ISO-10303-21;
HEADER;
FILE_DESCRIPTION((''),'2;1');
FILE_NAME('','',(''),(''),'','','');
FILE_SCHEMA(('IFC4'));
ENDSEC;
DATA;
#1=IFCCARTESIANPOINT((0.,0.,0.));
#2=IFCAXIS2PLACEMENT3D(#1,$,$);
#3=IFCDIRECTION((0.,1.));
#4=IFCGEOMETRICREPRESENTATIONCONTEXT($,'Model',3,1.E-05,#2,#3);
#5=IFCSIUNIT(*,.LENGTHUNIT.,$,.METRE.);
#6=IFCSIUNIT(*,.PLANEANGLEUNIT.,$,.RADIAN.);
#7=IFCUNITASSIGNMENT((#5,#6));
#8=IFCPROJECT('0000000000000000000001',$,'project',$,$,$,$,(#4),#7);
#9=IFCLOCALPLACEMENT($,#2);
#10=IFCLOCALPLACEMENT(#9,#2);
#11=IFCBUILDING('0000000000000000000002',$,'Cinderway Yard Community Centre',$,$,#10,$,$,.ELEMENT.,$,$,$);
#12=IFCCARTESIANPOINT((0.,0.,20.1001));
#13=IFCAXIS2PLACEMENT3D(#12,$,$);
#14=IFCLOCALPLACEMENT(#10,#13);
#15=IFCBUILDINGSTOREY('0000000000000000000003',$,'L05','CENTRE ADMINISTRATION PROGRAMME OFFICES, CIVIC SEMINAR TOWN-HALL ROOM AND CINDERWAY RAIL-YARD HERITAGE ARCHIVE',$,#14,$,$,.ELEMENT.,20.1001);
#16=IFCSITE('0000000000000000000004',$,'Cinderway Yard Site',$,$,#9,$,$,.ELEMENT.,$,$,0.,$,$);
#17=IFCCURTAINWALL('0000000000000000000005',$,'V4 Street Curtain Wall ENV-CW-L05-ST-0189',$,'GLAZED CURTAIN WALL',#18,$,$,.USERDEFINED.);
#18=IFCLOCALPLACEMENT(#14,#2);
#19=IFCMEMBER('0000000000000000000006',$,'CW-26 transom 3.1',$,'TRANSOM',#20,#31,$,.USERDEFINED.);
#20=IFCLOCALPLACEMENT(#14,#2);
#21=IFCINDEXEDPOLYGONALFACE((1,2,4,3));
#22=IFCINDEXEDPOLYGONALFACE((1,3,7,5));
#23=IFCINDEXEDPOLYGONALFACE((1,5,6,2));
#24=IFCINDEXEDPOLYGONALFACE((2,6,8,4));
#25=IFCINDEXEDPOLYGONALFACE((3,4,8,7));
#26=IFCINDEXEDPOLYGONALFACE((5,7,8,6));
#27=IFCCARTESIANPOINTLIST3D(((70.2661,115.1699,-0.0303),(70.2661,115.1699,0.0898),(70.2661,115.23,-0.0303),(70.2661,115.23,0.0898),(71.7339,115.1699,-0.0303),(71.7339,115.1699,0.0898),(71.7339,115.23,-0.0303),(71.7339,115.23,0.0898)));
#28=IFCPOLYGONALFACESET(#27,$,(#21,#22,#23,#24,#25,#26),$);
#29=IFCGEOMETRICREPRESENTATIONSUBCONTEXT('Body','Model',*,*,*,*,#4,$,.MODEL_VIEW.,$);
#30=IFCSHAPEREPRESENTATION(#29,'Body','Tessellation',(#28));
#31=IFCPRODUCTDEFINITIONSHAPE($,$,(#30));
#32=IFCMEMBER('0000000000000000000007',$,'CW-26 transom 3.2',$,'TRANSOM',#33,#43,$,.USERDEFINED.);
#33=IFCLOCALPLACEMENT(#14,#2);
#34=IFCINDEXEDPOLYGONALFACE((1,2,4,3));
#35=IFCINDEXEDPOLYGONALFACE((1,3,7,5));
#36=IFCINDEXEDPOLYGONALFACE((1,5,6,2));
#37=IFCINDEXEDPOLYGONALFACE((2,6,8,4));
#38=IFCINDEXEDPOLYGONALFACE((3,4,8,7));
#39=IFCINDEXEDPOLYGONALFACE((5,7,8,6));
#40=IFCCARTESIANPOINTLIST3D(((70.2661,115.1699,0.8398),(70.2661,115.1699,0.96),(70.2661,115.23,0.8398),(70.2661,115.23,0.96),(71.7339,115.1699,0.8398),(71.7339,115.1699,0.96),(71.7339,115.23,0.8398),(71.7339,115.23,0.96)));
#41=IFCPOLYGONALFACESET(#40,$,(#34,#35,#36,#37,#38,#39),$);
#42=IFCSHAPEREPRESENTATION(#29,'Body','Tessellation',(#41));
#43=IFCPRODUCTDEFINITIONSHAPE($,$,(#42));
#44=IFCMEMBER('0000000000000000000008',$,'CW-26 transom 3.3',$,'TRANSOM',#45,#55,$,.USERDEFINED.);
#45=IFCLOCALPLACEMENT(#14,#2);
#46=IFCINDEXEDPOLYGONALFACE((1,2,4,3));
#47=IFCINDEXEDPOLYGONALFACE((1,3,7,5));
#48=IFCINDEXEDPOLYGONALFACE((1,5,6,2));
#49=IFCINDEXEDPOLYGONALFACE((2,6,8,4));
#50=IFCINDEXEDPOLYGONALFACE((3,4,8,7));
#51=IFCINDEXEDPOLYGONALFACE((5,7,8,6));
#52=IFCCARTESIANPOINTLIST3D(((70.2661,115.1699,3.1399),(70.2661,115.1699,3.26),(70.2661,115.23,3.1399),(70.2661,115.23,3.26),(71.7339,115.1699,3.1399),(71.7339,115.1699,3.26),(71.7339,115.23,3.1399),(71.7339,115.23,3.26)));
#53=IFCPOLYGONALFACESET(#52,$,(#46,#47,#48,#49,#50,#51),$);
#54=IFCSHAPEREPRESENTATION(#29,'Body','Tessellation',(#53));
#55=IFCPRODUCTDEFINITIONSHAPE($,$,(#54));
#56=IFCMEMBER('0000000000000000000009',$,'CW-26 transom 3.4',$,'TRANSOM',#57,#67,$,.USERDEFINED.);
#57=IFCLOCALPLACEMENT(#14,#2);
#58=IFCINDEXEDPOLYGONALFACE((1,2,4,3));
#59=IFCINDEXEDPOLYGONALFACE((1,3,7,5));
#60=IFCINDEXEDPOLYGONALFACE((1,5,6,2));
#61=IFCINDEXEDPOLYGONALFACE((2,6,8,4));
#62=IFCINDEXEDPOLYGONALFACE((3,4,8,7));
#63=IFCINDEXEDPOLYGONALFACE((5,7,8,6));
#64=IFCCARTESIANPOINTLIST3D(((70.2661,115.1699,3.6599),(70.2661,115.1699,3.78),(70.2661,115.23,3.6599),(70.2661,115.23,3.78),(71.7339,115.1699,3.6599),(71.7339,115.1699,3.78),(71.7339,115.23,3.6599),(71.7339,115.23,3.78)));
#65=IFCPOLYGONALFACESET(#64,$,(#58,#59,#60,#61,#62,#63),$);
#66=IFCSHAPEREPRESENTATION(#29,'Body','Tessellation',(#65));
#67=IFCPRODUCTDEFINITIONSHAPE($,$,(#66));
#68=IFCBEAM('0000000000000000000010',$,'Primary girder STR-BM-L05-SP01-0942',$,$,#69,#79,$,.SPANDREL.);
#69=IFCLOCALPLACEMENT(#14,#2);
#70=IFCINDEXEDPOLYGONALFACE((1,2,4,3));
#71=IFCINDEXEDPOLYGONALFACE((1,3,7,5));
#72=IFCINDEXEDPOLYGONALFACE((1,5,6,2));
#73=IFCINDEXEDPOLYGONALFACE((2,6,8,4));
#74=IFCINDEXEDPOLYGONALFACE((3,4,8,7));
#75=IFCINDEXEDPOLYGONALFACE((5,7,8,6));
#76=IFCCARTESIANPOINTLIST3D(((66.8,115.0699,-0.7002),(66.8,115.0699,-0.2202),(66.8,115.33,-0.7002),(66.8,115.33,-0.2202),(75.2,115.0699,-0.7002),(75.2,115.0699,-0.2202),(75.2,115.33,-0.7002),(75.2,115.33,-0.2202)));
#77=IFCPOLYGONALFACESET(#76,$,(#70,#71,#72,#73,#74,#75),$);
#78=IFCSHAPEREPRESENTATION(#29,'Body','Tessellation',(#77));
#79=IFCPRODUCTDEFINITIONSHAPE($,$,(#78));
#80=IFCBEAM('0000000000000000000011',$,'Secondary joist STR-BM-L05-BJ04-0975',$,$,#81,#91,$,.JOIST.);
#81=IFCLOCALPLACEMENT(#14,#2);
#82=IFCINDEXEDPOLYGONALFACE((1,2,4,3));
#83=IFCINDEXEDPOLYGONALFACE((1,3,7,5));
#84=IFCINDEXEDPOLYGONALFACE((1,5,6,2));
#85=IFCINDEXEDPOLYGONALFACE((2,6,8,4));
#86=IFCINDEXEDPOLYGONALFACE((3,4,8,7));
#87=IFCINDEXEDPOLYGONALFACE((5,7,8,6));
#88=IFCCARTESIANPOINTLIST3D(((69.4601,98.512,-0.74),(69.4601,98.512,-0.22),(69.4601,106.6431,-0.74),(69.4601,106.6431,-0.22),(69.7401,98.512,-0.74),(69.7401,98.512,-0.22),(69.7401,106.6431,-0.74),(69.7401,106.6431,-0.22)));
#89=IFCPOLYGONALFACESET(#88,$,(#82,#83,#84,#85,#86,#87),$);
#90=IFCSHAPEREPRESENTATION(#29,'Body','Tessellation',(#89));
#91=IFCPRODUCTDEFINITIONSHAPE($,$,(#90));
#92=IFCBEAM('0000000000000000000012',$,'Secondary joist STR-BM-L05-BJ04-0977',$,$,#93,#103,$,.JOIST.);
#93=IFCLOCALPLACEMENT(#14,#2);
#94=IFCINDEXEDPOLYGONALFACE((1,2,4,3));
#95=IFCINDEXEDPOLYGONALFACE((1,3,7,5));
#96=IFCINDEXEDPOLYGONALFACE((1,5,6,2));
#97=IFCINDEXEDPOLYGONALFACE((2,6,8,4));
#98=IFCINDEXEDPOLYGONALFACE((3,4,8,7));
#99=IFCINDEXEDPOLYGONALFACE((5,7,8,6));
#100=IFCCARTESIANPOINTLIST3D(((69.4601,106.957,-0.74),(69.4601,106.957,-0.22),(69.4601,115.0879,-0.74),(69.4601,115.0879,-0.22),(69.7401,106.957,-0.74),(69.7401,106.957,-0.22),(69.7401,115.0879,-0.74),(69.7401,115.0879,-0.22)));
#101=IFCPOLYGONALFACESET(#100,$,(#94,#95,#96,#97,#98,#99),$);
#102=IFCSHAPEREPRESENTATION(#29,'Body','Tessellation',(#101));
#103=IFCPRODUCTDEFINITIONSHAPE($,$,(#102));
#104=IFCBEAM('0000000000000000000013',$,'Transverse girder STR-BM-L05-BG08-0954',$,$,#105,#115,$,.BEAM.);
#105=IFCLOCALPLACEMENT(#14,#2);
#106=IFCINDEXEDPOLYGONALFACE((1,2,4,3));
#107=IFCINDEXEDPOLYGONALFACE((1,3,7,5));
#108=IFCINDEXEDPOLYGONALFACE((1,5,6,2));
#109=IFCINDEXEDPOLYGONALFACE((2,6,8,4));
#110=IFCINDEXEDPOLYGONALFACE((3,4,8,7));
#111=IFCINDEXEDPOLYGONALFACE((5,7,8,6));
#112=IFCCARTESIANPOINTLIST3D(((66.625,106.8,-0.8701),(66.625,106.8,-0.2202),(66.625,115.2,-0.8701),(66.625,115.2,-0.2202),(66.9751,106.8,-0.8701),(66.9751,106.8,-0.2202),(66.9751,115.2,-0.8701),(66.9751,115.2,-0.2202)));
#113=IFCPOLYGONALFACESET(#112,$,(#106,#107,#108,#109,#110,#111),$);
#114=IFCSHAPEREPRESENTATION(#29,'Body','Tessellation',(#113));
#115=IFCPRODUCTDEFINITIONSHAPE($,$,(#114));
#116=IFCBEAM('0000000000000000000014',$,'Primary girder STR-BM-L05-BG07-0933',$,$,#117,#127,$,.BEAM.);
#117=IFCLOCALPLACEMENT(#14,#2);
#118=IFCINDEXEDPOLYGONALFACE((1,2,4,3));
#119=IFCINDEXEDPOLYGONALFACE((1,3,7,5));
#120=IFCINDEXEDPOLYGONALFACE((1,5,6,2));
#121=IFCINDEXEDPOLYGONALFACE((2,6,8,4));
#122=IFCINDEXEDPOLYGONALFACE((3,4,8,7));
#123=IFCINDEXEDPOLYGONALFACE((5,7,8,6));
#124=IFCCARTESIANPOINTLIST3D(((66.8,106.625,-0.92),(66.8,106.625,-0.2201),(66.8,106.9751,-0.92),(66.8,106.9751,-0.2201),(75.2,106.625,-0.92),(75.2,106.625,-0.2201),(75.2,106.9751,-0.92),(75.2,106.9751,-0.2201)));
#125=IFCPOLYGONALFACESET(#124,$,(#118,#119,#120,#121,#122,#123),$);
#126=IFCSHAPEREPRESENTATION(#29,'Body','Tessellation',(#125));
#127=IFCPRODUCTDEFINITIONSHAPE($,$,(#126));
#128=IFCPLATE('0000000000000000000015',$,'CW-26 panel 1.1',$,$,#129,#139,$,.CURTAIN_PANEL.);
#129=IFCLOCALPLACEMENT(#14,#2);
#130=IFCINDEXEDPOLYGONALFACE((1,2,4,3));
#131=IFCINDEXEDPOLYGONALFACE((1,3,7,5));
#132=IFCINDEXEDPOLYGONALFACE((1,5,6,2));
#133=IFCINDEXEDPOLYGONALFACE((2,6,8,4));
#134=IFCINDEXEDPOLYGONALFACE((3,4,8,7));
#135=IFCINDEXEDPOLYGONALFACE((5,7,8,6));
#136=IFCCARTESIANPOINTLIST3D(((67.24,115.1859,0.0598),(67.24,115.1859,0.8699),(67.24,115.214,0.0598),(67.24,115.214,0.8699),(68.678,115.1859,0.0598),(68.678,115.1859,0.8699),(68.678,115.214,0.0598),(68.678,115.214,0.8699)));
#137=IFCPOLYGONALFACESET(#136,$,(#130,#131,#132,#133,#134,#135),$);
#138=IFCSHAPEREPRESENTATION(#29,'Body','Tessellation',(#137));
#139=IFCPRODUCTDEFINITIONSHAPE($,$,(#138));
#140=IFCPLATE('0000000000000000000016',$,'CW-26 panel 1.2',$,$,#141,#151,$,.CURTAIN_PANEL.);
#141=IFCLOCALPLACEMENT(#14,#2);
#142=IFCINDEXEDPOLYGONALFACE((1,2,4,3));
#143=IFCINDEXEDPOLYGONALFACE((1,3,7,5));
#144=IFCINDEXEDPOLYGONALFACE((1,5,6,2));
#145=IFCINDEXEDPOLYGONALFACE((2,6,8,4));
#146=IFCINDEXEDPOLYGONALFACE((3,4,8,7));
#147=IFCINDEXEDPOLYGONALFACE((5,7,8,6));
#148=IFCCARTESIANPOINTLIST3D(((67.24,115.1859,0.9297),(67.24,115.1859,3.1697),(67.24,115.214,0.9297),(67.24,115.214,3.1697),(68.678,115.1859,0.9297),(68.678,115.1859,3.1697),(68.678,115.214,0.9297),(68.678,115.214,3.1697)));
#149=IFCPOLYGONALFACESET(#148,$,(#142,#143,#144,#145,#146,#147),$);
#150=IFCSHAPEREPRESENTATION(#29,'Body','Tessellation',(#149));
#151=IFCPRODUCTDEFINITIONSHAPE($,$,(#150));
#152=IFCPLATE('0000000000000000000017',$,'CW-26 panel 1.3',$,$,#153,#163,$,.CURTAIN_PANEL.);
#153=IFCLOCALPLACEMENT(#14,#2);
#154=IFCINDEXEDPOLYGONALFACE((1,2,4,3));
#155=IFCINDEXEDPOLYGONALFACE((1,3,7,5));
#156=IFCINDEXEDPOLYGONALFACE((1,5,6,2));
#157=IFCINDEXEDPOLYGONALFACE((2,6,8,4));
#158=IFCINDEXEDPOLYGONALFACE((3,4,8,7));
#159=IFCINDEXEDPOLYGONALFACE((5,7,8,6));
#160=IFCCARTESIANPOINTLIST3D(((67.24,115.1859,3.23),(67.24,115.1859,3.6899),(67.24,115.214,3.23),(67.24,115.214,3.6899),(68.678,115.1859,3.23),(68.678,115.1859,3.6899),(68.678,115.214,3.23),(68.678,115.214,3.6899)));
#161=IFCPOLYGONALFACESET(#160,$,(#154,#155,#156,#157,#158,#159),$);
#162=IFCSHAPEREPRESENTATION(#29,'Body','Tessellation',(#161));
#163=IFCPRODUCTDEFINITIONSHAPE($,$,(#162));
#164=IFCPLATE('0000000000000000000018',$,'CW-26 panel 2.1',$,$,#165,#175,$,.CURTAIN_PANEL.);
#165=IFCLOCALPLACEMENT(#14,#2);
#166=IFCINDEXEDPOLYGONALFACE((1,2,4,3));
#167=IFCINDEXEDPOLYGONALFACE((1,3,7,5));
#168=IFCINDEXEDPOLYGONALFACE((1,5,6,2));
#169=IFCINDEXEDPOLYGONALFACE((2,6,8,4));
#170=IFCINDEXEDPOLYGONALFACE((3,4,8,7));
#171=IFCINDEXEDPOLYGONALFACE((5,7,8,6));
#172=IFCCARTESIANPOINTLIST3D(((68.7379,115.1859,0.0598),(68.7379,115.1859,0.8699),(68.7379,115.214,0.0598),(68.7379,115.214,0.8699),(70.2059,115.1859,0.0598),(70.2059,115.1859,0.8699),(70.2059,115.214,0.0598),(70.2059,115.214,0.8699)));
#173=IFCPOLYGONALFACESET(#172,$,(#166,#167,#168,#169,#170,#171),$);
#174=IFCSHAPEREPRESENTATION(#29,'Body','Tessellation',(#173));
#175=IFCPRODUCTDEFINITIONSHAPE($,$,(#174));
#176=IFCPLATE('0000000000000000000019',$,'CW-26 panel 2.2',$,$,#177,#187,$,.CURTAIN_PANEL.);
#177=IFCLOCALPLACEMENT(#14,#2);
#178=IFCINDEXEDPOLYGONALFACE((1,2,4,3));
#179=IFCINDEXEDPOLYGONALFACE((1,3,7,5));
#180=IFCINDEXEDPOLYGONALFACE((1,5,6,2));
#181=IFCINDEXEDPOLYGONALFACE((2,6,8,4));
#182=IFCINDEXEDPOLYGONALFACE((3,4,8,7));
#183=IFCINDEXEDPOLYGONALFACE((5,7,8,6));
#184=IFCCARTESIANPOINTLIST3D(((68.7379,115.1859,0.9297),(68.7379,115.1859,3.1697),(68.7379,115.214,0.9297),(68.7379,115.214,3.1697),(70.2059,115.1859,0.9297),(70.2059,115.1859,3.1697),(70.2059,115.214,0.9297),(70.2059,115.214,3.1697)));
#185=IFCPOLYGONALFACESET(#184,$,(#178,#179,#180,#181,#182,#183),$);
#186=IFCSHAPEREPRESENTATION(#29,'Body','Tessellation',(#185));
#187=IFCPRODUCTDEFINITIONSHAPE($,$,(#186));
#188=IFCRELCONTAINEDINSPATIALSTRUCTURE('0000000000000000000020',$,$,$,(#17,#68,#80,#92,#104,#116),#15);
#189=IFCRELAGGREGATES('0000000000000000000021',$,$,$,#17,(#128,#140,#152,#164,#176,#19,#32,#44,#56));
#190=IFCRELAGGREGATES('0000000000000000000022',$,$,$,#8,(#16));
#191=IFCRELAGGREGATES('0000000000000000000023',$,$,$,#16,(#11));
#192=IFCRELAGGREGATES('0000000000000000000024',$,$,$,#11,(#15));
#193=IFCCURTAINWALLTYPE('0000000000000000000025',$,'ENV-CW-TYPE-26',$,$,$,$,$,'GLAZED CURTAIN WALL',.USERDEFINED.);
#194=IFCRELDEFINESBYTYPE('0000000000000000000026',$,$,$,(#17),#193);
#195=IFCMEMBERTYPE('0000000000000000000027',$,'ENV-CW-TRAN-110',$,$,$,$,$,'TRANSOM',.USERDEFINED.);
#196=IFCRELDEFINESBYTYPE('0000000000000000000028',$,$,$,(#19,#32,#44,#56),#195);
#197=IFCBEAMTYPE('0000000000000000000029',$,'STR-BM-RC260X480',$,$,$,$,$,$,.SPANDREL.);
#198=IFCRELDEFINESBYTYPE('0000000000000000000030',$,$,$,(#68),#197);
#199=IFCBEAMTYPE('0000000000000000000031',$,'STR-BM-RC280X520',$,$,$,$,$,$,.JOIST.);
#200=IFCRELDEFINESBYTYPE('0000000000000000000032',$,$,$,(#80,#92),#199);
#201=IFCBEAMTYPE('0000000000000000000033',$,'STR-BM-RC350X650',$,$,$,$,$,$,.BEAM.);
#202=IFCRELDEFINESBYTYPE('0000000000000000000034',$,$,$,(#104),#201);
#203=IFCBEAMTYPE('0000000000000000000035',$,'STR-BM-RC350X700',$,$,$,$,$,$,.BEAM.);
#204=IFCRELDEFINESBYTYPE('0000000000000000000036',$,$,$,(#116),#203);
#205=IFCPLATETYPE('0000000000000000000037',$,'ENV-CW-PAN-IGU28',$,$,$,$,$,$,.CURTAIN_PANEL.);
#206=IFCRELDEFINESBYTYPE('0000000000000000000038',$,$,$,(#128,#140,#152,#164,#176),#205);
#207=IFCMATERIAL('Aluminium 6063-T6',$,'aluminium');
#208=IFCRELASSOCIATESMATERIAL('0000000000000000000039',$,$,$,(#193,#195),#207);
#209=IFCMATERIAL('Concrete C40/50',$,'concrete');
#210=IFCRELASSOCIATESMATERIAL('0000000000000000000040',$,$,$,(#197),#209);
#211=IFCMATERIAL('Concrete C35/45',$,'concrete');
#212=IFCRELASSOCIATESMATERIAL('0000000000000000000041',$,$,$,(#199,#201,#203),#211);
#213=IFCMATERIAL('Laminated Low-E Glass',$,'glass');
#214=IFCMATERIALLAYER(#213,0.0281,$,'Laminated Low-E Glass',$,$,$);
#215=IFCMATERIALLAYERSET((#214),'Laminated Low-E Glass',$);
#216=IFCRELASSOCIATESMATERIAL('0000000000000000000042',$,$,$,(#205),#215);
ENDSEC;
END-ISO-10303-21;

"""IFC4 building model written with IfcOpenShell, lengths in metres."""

from ifc_helpers import new_model, si_unit, direction, frame, origin, origin_2d, place, context, subcontext, project, spatial, rectangle, extrude, material, layer, layer_set, material_profile, profile_set, type_object, element, aggregate, save


model = new_model("IFC4")

# Units and contexts
model_context = context("Model", 3, precision=1e-05, world=origin(), true_north=direction((0.0, 1.0)))
body_context = subcontext(model_context, "Body", "Model", "MODEL_VIEW")
ifc_project = project(units=[si_unit("LENGTHUNIT", "METRE"), si_unit("PLANEANGLEUNIT", "RADIAN")], contexts=[model_context])

# Site, building, storey
site_placement = place(None, origin())
site = spatial("IfcSite", under=ifc_project, at=site_placement, Name="Cinderway Yard Site", CompositionType="ELEMENT", RefElevation=0.0)
building_placement = place(site_placement, origin())
building = spatial("IfcBuilding", under=site, at=building_placement, Name="Cinderway Yard Community Centre", CompositionType="ELEMENT")
storey_placement = place(building_placement, frame((0.0, 0.0, 20.1001)))
storey = spatial("IfcBuildingStorey", under=building, at=storey_placement, Name="L05", Description="CENTRE ADMINISTRATION PROGRAMME OFFICES, CIVIC SEMINAR TOWN-HALL ROOM AND CINDERWAY RAIL-YARD HERITAGE ARCHIVE", CompositionType="ELEMENT", Elevation=20.1001)

# Shared definitions
ifc_material_1 = material(Name="Concrete C40/50", Category="concrete")

# Curtain wall, members
ifc_material_2 = material(Name="Aluminium 6063-T6", Category="aluminium")
curtain_wall_type = type_object("IfcCurtainWallType", Name="ENV-CW-TYPE-26", ElementType="GLAZED CURTAIN WALL", PredefinedType="USERDEFINED", material=ifc_material_2)
curtain_wall_placement = place(storey_placement, origin())
curtain_wall = element("IfcCurtainWall", 1, at=curtain_wall_placement, inside=storey, type_object=curtain_wall_type, Name="V4 Street Curtain Wall ENV-CW-L05-ST-0189", ObjectType="GLAZED CURTAIN WALL", PredefinedType="USERDEFINED")
ifc_material_profile_1 = material_profile(ifc_material_2, rectangle(XDim=0.0601, YDim=0.1201, at=origin_2d()), Name="Aluminium 6063-T6")
ifc_profile_set_1 = profile_set([ifc_material_profile_1], Name="Aluminium 6063-T6")
member_type_1 = type_object("IfcMemberType", Name="ENV-CW-TRAN-110", ElementType="TRANSOM", PredefinedType="USERDEFINED", material=ifc_profile_set_1)
member_1_placement = place(storey_placement, frame((70.2661, 115.2, 0.0298), z_axis=(1.0, 0.0, 0.0), x_axis=(0.0, 1.0, 0.0)))
member_1 = element("IfcMember", 2, at=member_1_placement, type_object=member_type_1, Name="CW-26 transom 3.1", ObjectType="TRANSOM", PredefinedType="USERDEFINED", context=body_context, shape_type="SweptSolid", body=[
    extrude(rectangle(XDim=0.0601, YDim=0.1201, at=origin_2d()), origin(), (0.0, 0.0, 1.0), 1.4678),
])
member_2_placement = place(storey_placement, frame((70.2661, 115.2, 0.8999), z_axis=(1.0, 0.0, 0.0), x_axis=(0.0, 1.0, 0.0)))
member_2 = element("IfcMember", 3, at=member_2_placement, type_object=member_type_1, Name="CW-26 transom 3.2", ObjectType="TRANSOM", PredefinedType="USERDEFINED", context=body_context, shape_type="SweptSolid", body=[
    extrude(rectangle(XDim=0.0601, YDim=0.1201, at=origin_2d()), origin(), (0.0, 0.0, 1.0), 1.4678),
])
member_3_placement = place(storey_placement, frame((70.2661, 115.2, 3.2), z_axis=(1.0, 0.0, 0.0), x_axis=(0.0, 1.0, 0.0)))
member_3 = element("IfcMember", 4, at=member_3_placement, type_object=member_type_1, Name="CW-26 transom 3.3", ObjectType="TRANSOM", PredefinedType="USERDEFINED", context=body_context, shape_type="SweptSolid", body=[
    extrude(rectangle(XDim=0.0601, YDim=0.1201, at=origin_2d()), origin(), (0.0, 0.0, 1.0), 1.4678),
])
member_4_placement = place(storey_placement, frame((70.2661, 115.2, 3.72), z_axis=(1.0, 0.0, 0.0), x_axis=(0.0, 1.0, 0.0)))
member_4 = element("IfcMember", 5, at=member_4_placement, type_object=member_type_1, Name="CW-26 transom 3.4", ObjectType="TRANSOM", PredefinedType="USERDEFINED", context=body_context, shape_type="SweptSolid", body=[
    extrude(rectangle(XDim=0.0601, YDim=0.1201, at=origin_2d()), origin(), (0.0, 0.0, 1.0), 1.4678),
])

# Beams
ifc_material_profile_2 = material_profile(ifc_material_1, rectangle(XDim=0.26, YDim=0.48, at=origin_2d()), Name="Concrete C40/50")
ifc_profile_set_2 = profile_set([ifc_material_profile_2], Name="Concrete C40/50")
beam_type_1 = type_object("IfcBeamType", Name="STR-BM-RC260X480", PredefinedType="SPANDREL", material=ifc_profile_set_2)
beam_1_placement = place(storey_placement, frame((66.8, 115.2, -0.4602), z_axis=(1.0, 0.0, 0.0), x_axis=(0.0, 1.0, 0.0)))
element("IfcBeam", 6, at=beam_1_placement, inside=storey, type_object=beam_type_1, Name="Primary girder STR-BM-L05-SP01-0942", PredefinedType="SPANDREL", context=body_context, shape_type="SweptSolid", body=[
    extrude(rectangle(XDim=0.26, YDim=0.48, at=origin_2d()), origin(), (0.0, 0.0, 1.0), 8.3999),
])
ifc_material_3 = material(Name="Concrete C35/45", Category="concrete")
ifc_material_profile_3 = material_profile(ifc_material_3, rectangle(XDim=0.28, YDim=0.52, at=origin_2d()), Name="Concrete C35/45")
ifc_profile_set_3 = profile_set([ifc_material_profile_3], Name="Concrete C35/45")
beam_type_2 = type_object("IfcBeamType", Name="STR-BM-RC280X520", PredefinedType="JOIST", material=ifc_profile_set_3)
beam_2_placement = place(storey_placement, frame((69.6001, 98.512, -0.48), z_axis=(0.0, 1.0, 0.0), x_axis=(-1.0, 0.0, 0.0)))
element("IfcBeam", 7, at=beam_2_placement, inside=storey, type_object=beam_type_2, Name="Secondary joist STR-BM-L05-BJ04-0975", PredefinedType="JOIST", context=body_context, shape_type="SweptSolid", body=[
    extrude(rectangle(XDim=0.28, YDim=0.52, at=origin_2d()), origin(), (0.0, 0.0, 1.0), 8.1311),
])
beam_3_placement = place(storey_placement, frame((69.6001, 106.957, -0.48), z_axis=(0.0, 1.0, 0.0), x_axis=(-1.0, 0.0, 0.0)))
element("IfcBeam", 8, at=beam_3_placement, inside=storey, type_object=beam_type_2, Name="Secondary joist STR-BM-L05-BJ04-0977", PredefinedType="JOIST", context=body_context, shape_type="SweptSolid", body=[
    extrude(rectangle(XDim=0.28, YDim=0.52, at=origin_2d()), origin(), (0.0, 0.0, 1.0), 8.1309),
])
ifc_material_profile_4 = material_profile(ifc_material_3, rectangle(XDim=0.3501, YDim=0.6499, at=origin_2d()), Name="Concrete C35/45")
ifc_profile_set_4 = profile_set([ifc_material_profile_4], Name="Concrete C35/45")
beam_type_3 = type_object("IfcBeamType", Name="STR-BM-RC350X650", PredefinedType="BEAM", material=ifc_profile_set_4)
beam_4_placement = place(storey_placement, frame((66.8, 106.8, -0.5452), z_axis=(0.0, 1.0, 0.0), x_axis=(-1.0, 0.0, 0.0)))
element("IfcBeam", 9, at=beam_4_placement, inside=storey, type_object=beam_type_3, Name="Transverse girder STR-BM-L05-BG08-0954", PredefinedType="BEAM", context=body_context, shape_type="SweptSolid", body=[
    extrude(rectangle(XDim=0.3501, YDim=0.6499, at=origin_2d()), origin(), (0.0, 0.0, 1.0), 8.3999),
])
ifc_material_profile_5 = material_profile(ifc_material_3, rectangle(XDim=0.3501, YDim=0.7, at=origin_2d()), Name="Concrete C35/45")
ifc_profile_set_5 = profile_set([ifc_material_profile_5], Name="Concrete C35/45")
beam_type_4 = type_object("IfcBeamType", Name="STR-BM-RC350X700", PredefinedType="BEAM", material=ifc_profile_set_5)
beam_5_placement = place(storey_placement, frame((66.8, 106.8, -0.5701), z_axis=(1.0, 0.0, 0.0), x_axis=(0.0, 1.0, 0.0)))
element("IfcBeam", 10, at=beam_5_placement, inside=storey, type_object=beam_type_4, Name="Primary girder STR-BM-L05-BG07-0933", PredefinedType="BEAM", context=body_context, shape_type="SweptSolid", body=[
    extrude(rectangle(XDim=0.3501, YDim=0.7, at=origin_2d()), origin(), (0.0, 0.0, 1.0), 8.3999),
])

# Plates
ifc_material_4 = material(Name="Laminated Low-E Glass", Category="glass")
ifc_layer_1 = layer(ifc_material_4, 0.0281, Name="Laminated Low-E Glass")
ifc_layer_set_1 = layer_set([ifc_layer_1], Name="Laminated Low-E Glass")
plate_type = type_object("IfcPlateType", Name="ENV-CW-PAN-IGU28", PredefinedType="CURTAIN_PANEL", material=ifc_layer_set_1)
plate_1_placement = place(storey_placement, frame((67.959, 115.2, 0.0598), z_axis=(0.0, 0.0, 1.0), x_axis=(1.0, 0.0, 0.0)))
plate_1 = element("IfcPlate", 11, at=plate_1_placement, type_object=plate_type, Name="CW-26 panel 1.1", PredefinedType="CURTAIN_PANEL", context=body_context, shape_type="SweptSolid", body=[
    extrude(rectangle(XDim=1.438, YDim=0.0281, at=origin_2d()), origin(), (0.0, 0.0, 1.0), 0.8101),
])
plate_2_placement = place(storey_placement, frame((67.959, 115.2, 0.9297), z_axis=(0.0, 0.0, 1.0), x_axis=(1.0, 0.0, 0.0)))
plate_2 = element("IfcPlate", 12, at=plate_2_placement, type_object=plate_type, Name="CW-26 panel 1.2", PredefinedType="CURTAIN_PANEL", context=body_context, shape_type="SweptSolid", body=[
    extrude(rectangle(XDim=1.438, YDim=0.0281, at=origin_2d()), origin(), (0.0, 0.0, 1.0), 2.24),
])
plate_3_placement = place(storey_placement, frame((67.959, 115.2, 3.23), z_axis=(0.0, 0.0, 1.0), x_axis=(1.0, 0.0, 0.0)))
plate_3 = element("IfcPlate", 13, at=plate_3_placement, type_object=plate_type, Name="CW-26 panel 1.3", PredefinedType="CURTAIN_PANEL", context=body_context, shape_type="SweptSolid", body=[
    extrude(rectangle(XDim=1.438, YDim=0.0281, at=origin_2d()), origin(), (0.0, 0.0, 1.0), 0.46),
])
plate_4_placement = place(storey_placement, frame((69.4719, 115.2, 0.0598), z_axis=(0.0, 0.0, 1.0), x_axis=(1.0, 0.0, 0.0)))
plate_4 = element("IfcPlate", 14, at=plate_4_placement, type_object=plate_type, Name="CW-26 panel 2.1", PredefinedType="CURTAIN_PANEL", context=body_context, shape_type="SweptSolid", body=[
    extrude(rectangle(XDim=1.468, YDim=0.0281, at=origin_2d()), origin(), (0.0, 0.0, 1.0), 0.8101),
])
plate_5_placement = place(storey_placement, frame((69.4719, 115.2, 0.9297), z_axis=(0.0, 0.0, 1.0), x_axis=(1.0, 0.0, 0.0)))
plate_5 = element("IfcPlate", 15, at=plate_5_placement, type_object=plate_type, Name="CW-26 panel 2.2", PredefinedType="CURTAIN_PANEL", context=body_context, shape_type="SweptSolid", body=[
    extrude(rectangle(XDim=1.468, YDim=0.0281, at=origin_2d()), origin(), (0.0, 0.0, 1.0), 2.24),
])
aggregate(curtain_wall, [plate_1, plate_2, plate_3, plate_4, plate_5, member_1, member_2, member_3, member_4])

save(model, "model.ifc")
